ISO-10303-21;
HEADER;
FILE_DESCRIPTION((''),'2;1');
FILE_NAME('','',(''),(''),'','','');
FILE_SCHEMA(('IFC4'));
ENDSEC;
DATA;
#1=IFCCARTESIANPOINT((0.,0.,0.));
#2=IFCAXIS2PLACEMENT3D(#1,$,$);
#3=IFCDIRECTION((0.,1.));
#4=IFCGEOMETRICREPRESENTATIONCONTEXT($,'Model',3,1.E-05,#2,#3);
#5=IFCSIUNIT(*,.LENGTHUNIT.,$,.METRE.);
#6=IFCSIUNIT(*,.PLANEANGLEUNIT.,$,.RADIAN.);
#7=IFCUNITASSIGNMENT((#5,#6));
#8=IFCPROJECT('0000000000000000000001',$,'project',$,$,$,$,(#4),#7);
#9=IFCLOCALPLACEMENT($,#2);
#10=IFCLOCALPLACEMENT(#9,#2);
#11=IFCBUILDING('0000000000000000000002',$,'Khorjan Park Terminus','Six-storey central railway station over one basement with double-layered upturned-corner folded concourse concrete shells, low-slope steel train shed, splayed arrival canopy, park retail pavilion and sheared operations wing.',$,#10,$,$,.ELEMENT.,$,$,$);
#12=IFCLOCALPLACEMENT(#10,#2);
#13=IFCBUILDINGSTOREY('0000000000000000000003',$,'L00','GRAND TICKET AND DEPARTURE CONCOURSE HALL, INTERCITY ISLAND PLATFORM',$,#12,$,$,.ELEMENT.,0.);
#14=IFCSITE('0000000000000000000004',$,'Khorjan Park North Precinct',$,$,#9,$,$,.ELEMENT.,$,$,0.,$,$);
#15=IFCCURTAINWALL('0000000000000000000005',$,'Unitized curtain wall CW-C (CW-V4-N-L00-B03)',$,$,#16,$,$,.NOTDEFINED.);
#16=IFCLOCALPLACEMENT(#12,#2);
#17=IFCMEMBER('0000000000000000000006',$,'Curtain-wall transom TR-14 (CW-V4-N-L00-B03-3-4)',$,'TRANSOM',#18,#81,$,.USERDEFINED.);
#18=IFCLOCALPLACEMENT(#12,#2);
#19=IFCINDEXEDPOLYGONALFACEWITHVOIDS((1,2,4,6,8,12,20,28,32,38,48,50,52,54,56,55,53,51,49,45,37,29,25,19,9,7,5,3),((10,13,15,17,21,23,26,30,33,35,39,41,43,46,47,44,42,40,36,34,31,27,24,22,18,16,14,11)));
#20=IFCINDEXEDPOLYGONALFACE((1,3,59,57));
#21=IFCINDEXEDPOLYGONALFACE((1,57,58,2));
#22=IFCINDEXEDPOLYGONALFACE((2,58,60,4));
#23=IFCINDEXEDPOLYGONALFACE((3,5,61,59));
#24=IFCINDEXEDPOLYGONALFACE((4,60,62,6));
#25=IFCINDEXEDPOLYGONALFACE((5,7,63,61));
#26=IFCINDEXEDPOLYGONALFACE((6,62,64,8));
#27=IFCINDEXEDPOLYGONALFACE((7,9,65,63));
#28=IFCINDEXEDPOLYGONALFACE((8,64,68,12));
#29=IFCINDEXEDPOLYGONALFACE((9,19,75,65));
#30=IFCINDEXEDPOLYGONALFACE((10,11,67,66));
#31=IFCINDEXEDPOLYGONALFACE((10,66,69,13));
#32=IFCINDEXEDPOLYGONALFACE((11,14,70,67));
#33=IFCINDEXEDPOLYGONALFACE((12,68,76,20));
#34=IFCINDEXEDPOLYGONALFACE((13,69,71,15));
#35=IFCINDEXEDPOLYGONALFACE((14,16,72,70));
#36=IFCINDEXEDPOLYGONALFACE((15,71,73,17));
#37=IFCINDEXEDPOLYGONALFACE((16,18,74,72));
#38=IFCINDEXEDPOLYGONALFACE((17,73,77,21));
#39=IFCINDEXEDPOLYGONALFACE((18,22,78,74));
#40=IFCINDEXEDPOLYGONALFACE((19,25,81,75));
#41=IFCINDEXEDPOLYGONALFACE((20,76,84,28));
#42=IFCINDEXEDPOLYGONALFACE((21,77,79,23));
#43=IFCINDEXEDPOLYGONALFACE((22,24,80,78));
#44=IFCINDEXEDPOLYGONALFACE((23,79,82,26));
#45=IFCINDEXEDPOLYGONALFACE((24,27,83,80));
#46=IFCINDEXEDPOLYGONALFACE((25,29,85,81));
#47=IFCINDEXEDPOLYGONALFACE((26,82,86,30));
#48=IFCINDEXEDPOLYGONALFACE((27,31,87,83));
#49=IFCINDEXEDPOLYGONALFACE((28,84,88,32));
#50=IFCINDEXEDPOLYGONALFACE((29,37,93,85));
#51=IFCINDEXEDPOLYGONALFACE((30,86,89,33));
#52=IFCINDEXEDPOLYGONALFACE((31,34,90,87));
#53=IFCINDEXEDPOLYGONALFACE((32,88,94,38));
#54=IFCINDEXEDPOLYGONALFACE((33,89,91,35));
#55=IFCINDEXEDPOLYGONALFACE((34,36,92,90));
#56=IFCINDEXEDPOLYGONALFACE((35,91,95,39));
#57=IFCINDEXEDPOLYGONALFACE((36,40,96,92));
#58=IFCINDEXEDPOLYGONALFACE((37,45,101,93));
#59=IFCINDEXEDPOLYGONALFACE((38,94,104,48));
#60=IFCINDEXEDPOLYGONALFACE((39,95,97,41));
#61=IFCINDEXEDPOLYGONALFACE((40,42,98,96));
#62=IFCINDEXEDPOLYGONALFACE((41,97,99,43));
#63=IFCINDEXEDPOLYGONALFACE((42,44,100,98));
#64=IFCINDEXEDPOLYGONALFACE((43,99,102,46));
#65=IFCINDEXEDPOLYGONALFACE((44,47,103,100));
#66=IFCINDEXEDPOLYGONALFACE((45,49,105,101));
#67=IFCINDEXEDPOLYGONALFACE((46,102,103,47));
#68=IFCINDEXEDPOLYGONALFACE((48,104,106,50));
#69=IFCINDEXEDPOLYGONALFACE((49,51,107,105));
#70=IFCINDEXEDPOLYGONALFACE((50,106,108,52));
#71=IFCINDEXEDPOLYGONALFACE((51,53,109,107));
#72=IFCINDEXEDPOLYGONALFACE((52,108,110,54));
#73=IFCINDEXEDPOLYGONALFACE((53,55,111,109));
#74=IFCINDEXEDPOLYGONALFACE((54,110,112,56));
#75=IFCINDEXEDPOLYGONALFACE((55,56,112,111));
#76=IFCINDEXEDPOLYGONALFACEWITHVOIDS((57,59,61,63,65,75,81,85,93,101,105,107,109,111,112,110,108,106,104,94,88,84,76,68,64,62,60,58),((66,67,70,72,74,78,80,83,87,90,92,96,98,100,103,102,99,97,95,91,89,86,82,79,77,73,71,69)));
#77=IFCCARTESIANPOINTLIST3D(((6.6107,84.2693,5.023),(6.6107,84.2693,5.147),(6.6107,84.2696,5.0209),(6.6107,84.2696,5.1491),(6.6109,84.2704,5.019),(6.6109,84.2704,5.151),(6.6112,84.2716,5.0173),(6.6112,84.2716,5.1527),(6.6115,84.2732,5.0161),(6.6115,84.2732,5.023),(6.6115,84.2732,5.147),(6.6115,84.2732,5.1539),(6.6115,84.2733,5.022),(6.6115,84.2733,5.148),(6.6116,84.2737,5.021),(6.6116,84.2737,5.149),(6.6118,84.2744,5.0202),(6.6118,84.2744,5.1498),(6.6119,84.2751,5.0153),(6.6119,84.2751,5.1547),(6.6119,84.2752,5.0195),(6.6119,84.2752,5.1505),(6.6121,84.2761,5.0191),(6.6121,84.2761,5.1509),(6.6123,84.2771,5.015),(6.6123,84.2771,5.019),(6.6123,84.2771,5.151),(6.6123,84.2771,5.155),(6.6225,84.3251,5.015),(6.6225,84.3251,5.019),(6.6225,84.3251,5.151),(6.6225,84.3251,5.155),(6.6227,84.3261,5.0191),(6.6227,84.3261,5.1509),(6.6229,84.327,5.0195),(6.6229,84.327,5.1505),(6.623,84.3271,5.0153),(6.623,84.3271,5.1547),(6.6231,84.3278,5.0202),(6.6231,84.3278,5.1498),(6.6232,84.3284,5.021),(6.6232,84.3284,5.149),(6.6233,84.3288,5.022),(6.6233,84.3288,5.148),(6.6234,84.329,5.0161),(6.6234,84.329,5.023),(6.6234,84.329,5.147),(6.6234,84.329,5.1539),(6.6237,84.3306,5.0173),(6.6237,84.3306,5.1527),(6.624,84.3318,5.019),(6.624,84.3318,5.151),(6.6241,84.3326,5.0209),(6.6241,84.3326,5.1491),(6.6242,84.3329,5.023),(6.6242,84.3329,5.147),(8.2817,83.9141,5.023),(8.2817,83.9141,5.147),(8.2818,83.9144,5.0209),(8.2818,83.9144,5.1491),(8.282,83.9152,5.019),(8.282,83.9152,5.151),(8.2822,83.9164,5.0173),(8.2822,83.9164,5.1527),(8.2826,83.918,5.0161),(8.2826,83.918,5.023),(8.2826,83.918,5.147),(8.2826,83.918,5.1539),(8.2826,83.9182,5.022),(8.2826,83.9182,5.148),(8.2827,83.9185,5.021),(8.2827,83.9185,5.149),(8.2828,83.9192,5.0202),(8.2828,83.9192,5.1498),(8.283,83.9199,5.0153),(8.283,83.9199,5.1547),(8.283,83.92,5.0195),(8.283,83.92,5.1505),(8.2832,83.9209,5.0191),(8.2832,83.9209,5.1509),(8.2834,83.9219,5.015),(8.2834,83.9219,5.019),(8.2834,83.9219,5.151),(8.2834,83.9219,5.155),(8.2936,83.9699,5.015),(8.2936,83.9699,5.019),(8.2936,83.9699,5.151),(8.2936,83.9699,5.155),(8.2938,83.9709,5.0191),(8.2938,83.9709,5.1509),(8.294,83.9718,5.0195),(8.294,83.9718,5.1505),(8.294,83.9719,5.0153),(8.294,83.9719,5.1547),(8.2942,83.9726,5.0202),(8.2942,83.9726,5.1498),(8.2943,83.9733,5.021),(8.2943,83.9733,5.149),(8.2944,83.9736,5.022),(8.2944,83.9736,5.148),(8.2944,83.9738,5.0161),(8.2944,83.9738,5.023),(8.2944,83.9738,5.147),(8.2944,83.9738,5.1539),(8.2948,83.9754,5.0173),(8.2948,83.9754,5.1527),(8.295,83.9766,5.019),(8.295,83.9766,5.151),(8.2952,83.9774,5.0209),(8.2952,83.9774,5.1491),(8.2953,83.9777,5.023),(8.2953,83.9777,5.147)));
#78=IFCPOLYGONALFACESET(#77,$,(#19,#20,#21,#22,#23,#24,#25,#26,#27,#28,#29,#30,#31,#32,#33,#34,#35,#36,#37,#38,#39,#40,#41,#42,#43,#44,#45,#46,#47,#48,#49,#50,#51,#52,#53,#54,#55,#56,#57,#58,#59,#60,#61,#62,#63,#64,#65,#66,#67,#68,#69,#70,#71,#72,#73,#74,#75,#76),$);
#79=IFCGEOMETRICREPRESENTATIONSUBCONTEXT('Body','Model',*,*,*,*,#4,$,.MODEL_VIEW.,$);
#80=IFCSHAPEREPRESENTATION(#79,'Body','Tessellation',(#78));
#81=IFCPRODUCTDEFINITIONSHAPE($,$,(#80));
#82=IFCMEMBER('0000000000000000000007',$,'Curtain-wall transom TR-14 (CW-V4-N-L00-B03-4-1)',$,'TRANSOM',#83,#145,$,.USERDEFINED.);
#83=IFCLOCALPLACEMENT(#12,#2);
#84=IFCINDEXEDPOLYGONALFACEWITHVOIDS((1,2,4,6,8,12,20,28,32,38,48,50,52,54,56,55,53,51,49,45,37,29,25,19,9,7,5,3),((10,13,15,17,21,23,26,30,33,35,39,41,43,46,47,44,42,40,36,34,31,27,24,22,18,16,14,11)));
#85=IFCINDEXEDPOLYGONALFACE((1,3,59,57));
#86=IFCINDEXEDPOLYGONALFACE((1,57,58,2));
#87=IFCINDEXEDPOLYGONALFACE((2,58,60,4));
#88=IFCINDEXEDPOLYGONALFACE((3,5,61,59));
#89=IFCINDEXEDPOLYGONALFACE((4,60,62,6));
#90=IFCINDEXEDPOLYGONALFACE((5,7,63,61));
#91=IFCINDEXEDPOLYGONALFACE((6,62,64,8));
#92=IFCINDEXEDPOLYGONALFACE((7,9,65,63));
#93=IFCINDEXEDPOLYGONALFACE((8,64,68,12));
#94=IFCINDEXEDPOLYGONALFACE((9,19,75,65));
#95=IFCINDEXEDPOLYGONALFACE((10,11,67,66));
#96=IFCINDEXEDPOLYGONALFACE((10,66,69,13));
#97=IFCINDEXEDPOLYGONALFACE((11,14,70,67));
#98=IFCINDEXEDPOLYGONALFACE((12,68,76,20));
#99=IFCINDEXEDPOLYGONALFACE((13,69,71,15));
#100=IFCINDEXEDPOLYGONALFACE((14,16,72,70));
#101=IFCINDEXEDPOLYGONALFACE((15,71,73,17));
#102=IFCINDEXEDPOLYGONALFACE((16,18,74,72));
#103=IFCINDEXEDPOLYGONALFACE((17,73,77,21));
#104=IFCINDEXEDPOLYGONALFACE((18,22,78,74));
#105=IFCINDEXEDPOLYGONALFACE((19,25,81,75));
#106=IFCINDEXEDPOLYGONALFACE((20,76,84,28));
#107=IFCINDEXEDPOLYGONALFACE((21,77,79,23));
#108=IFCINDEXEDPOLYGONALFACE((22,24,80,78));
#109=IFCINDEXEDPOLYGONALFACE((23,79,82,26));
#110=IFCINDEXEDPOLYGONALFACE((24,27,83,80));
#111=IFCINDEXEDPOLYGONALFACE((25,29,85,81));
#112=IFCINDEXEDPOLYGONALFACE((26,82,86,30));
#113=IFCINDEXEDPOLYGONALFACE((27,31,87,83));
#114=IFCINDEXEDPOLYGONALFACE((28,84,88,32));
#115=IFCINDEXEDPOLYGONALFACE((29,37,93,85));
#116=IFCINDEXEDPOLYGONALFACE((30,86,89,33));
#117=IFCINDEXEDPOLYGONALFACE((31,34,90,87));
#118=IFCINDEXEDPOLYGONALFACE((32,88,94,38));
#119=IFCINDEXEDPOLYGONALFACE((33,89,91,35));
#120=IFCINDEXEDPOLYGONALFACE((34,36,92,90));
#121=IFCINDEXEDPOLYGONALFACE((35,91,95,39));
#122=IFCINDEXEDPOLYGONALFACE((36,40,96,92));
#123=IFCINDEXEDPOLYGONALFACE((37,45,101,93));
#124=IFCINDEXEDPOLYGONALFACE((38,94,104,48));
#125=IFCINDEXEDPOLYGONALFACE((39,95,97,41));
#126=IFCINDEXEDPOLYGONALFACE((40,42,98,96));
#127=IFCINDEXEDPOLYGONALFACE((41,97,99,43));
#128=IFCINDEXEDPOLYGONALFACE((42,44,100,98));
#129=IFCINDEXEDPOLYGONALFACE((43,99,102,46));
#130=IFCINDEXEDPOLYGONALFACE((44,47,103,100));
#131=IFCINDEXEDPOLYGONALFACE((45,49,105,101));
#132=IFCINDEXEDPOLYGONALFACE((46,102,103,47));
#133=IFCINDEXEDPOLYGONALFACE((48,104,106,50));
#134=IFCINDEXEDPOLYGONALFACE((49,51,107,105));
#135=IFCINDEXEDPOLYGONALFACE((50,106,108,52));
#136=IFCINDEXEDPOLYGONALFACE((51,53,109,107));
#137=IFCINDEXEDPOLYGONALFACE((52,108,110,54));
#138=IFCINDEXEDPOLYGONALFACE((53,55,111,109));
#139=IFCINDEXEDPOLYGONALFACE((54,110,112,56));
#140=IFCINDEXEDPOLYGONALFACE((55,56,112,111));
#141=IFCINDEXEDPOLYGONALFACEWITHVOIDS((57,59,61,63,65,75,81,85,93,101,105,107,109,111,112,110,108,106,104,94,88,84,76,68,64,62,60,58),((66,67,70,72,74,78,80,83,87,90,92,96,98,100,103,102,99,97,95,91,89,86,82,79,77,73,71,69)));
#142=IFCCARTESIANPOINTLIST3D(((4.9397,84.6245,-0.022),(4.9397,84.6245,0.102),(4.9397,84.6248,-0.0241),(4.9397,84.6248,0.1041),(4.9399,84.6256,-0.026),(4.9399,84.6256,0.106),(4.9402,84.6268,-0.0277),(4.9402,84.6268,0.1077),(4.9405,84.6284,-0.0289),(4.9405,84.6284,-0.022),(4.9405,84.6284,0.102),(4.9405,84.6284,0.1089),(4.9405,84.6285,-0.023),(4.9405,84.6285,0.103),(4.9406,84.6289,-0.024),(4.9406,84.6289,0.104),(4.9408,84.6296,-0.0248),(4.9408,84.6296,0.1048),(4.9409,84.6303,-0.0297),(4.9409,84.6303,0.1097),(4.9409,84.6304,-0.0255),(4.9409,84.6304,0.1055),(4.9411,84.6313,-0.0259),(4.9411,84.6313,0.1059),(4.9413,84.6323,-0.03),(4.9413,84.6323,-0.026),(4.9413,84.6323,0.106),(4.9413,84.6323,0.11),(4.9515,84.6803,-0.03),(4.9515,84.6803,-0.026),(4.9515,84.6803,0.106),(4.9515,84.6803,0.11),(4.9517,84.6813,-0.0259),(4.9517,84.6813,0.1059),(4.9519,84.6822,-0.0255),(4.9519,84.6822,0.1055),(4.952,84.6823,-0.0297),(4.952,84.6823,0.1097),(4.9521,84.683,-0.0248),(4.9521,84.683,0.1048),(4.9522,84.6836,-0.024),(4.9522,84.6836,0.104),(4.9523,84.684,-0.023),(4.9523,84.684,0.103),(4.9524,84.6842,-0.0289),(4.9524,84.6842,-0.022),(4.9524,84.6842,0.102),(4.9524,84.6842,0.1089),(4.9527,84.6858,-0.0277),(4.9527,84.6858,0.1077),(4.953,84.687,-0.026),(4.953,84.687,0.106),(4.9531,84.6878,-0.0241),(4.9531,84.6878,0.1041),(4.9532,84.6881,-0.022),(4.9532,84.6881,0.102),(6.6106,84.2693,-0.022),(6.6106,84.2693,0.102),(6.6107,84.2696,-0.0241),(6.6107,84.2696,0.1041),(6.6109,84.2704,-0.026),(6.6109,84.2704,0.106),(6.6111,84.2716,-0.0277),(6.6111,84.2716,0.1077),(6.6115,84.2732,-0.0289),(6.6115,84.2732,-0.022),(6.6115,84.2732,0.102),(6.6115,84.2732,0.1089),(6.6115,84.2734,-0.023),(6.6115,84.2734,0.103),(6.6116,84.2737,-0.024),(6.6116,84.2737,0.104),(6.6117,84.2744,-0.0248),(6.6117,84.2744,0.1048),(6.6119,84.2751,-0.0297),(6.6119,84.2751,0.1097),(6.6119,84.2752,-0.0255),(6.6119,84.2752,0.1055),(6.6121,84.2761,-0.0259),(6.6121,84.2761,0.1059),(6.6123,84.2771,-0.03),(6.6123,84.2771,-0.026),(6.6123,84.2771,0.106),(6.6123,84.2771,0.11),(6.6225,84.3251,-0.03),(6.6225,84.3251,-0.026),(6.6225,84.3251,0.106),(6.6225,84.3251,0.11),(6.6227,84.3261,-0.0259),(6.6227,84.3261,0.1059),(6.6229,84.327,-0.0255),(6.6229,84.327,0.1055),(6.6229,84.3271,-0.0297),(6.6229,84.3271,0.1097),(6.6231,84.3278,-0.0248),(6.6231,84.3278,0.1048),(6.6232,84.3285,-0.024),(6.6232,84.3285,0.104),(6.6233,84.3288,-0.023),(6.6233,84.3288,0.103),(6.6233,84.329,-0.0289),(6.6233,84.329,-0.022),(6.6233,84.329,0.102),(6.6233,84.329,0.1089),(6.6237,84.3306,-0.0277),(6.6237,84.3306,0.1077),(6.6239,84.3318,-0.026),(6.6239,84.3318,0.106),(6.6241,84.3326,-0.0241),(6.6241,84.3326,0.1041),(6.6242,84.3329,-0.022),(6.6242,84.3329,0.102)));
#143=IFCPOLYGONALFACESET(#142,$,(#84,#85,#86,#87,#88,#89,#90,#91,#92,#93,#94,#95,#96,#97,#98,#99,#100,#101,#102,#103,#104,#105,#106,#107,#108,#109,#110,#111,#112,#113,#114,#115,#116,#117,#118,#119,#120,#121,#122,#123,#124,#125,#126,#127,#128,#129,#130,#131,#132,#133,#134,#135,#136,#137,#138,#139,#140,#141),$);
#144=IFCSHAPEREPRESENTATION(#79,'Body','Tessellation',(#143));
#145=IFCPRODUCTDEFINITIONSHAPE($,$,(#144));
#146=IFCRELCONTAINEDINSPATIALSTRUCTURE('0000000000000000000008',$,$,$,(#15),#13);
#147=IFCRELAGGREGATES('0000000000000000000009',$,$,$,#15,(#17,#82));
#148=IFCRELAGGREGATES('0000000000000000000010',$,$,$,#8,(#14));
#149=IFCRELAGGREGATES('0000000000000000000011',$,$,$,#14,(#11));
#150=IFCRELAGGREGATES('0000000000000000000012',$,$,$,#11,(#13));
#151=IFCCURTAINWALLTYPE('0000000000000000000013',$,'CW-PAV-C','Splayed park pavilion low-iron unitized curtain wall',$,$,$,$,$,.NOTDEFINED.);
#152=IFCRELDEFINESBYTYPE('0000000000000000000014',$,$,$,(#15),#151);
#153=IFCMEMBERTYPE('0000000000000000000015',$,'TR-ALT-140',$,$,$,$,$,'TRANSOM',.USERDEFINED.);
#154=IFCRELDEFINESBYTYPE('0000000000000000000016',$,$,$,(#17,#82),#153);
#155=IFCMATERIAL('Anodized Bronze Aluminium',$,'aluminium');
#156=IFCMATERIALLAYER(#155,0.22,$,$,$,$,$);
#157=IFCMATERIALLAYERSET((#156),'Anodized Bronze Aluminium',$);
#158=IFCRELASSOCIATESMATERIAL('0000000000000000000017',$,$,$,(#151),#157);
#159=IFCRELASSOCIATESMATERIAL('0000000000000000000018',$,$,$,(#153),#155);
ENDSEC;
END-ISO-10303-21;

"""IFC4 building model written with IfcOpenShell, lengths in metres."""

from ifc_helpers import new_model, si_unit, direction, frame, origin, origin_2d, place, context, subcontext, project, spatial, hollow_rectangle, extrude, material, layer, layer_set, material_profile, profile_set, type_object, element, aggregate, save


model = new_model("IFC4")

# Units and contexts
model_context = context("Model", 3, precision=1e-05, world=origin(), true_north=direction((0.0, 1.0)))
body_context = subcontext(model_context, "Body", "Model", "MODEL_VIEW")
ifc_project = project(units=[si_unit("LENGTHUNIT", "METRE"), si_unit("PLANEANGLEUNIT", "RADIAN")], contexts=[model_context])

# Site, building, storey
site_placement = place(None, origin())
site = spatial("IfcSite", under=ifc_project, at=site_placement, Name="Khorjan Park North Precinct", CompositionType="ELEMENT", RefElevation=0.0)
building_placement = place(site_placement, origin())
building = spatial("IfcBuilding", under=site, at=building_placement, Name="Khorjan Park Terminus", Description="Six-storey central railway station over one basement with double-layered upturned-corner folded concourse concrete shells, low-slope steel train shed, splayed arrival canopy, park retail pavilion and sheared operations wing.", CompositionType="ELEMENT")
storey_placement = place(building_placement, origin())
storey = spatial("IfcBuildingStorey", under=building, at=storey_placement, Name="L00", Description="GRAND TICKET AND DEPARTURE CONCOURSE HALL, INTERCITY ISLAND PLATFORM", CompositionType="ELEMENT", Elevation=0.0)

# Curtain wall
ifc_material_1 = material(Name="Anodized Bronze Aluminium", Category="aluminium")
ifc_layer_1 = layer(ifc_material_1, 0.22)
ifc_layer_set_1 = layer_set([ifc_layer_1], Name="Anodized Bronze Aluminium")
curtain_wall_type = type_object("IfcCurtainWallType", Name="CW-PAV-C", Description="Splayed park pavilion low-iron unitized curtain wall", PredefinedType="NOTDEFINED", material=ifc_layer_set_1)
curtain_wall_1_placement = place(storey_placement, origin())
curtain_wall_1 = element("IfcCurtainWall", 1, at=curtain_wall_1_placement, inside=storey, type_object=curtain_wall_type, Name="Unitized curtain wall CW-C (CW-V4-N-L00-B03)", PredefinedType="NOTDEFINED")

# Members
ifc_material_profile_1 = material_profile(ifc_material_1, hollow_rectangle(XDim=0.065, YDim=0.14, WallThickness=0.004, InnerFilletRadius=0.004, OuterFilletRadius=0.008, at=origin_2d()), Name="ALT 65x140x4")
ifc_profile_set_1 = profile_set([ifc_material_profile_1], Name="Anodized Bronze Aluminium")
member_type_1 = type_object("IfcMemberType", Name="TR-ALT-140", ElementType="TRANSOM", PredefinedType="USERDEFINED", material=ifc_profile_set_1)
member_1_placement = place(storey_placement, frame((8.2885, 83.9459, 5.085), z_axis=(-0.978148, 0.20791, 0.0), x_axis=(-0.20791, -0.978148, 0.0)))
member_1 = element("IfcMember", 2, at=member_1_placement, type_object=member_type_1, Name="Curtain-wall transom TR-14 (CW-V4-N-L00-B03-3-4)", ObjectType="TRANSOM", PredefinedType="USERDEFINED", context=body_context, shape_type="SweptSolid", body=[
    extrude(hollow_rectangle(XDim=0.065, YDim=0.14, WallThickness=0.004, InnerFilletRadius=0.004, OuterFilletRadius=0.008, at=origin_2d()), origin(), (0.0, 0.0, 1.0), 1.7084),
])
member_2_placement = place(storey_placement, frame((6.6174, 84.3011, 0.04), z_axis=(-0.978145, 0.207922, 0.0), x_axis=(-0.207922, -0.978145, 0.0)))
member_2 = element("IfcMember", 3, at=member_2_placement, type_object=member_type_1, Name="Curtain-wall transom TR-14 (CW-V4-N-L00-B03-4-1)", ObjectType="TRANSOM", PredefinedType="USERDEFINED", context=body_context, shape_type="SweptSolid", body=[
    extrude(hollow_rectangle(XDim=0.065, YDim=0.14, WallThickness=0.004, InnerFilletRadius=0.004, OuterFilletRadius=0.008, at=origin_2d()), origin(), (0.0, 0.0, 1.0), 1.7083),
])

aggregate(curtain_wall_1, [member_1, member_2])

save(model, "model.ifc")
